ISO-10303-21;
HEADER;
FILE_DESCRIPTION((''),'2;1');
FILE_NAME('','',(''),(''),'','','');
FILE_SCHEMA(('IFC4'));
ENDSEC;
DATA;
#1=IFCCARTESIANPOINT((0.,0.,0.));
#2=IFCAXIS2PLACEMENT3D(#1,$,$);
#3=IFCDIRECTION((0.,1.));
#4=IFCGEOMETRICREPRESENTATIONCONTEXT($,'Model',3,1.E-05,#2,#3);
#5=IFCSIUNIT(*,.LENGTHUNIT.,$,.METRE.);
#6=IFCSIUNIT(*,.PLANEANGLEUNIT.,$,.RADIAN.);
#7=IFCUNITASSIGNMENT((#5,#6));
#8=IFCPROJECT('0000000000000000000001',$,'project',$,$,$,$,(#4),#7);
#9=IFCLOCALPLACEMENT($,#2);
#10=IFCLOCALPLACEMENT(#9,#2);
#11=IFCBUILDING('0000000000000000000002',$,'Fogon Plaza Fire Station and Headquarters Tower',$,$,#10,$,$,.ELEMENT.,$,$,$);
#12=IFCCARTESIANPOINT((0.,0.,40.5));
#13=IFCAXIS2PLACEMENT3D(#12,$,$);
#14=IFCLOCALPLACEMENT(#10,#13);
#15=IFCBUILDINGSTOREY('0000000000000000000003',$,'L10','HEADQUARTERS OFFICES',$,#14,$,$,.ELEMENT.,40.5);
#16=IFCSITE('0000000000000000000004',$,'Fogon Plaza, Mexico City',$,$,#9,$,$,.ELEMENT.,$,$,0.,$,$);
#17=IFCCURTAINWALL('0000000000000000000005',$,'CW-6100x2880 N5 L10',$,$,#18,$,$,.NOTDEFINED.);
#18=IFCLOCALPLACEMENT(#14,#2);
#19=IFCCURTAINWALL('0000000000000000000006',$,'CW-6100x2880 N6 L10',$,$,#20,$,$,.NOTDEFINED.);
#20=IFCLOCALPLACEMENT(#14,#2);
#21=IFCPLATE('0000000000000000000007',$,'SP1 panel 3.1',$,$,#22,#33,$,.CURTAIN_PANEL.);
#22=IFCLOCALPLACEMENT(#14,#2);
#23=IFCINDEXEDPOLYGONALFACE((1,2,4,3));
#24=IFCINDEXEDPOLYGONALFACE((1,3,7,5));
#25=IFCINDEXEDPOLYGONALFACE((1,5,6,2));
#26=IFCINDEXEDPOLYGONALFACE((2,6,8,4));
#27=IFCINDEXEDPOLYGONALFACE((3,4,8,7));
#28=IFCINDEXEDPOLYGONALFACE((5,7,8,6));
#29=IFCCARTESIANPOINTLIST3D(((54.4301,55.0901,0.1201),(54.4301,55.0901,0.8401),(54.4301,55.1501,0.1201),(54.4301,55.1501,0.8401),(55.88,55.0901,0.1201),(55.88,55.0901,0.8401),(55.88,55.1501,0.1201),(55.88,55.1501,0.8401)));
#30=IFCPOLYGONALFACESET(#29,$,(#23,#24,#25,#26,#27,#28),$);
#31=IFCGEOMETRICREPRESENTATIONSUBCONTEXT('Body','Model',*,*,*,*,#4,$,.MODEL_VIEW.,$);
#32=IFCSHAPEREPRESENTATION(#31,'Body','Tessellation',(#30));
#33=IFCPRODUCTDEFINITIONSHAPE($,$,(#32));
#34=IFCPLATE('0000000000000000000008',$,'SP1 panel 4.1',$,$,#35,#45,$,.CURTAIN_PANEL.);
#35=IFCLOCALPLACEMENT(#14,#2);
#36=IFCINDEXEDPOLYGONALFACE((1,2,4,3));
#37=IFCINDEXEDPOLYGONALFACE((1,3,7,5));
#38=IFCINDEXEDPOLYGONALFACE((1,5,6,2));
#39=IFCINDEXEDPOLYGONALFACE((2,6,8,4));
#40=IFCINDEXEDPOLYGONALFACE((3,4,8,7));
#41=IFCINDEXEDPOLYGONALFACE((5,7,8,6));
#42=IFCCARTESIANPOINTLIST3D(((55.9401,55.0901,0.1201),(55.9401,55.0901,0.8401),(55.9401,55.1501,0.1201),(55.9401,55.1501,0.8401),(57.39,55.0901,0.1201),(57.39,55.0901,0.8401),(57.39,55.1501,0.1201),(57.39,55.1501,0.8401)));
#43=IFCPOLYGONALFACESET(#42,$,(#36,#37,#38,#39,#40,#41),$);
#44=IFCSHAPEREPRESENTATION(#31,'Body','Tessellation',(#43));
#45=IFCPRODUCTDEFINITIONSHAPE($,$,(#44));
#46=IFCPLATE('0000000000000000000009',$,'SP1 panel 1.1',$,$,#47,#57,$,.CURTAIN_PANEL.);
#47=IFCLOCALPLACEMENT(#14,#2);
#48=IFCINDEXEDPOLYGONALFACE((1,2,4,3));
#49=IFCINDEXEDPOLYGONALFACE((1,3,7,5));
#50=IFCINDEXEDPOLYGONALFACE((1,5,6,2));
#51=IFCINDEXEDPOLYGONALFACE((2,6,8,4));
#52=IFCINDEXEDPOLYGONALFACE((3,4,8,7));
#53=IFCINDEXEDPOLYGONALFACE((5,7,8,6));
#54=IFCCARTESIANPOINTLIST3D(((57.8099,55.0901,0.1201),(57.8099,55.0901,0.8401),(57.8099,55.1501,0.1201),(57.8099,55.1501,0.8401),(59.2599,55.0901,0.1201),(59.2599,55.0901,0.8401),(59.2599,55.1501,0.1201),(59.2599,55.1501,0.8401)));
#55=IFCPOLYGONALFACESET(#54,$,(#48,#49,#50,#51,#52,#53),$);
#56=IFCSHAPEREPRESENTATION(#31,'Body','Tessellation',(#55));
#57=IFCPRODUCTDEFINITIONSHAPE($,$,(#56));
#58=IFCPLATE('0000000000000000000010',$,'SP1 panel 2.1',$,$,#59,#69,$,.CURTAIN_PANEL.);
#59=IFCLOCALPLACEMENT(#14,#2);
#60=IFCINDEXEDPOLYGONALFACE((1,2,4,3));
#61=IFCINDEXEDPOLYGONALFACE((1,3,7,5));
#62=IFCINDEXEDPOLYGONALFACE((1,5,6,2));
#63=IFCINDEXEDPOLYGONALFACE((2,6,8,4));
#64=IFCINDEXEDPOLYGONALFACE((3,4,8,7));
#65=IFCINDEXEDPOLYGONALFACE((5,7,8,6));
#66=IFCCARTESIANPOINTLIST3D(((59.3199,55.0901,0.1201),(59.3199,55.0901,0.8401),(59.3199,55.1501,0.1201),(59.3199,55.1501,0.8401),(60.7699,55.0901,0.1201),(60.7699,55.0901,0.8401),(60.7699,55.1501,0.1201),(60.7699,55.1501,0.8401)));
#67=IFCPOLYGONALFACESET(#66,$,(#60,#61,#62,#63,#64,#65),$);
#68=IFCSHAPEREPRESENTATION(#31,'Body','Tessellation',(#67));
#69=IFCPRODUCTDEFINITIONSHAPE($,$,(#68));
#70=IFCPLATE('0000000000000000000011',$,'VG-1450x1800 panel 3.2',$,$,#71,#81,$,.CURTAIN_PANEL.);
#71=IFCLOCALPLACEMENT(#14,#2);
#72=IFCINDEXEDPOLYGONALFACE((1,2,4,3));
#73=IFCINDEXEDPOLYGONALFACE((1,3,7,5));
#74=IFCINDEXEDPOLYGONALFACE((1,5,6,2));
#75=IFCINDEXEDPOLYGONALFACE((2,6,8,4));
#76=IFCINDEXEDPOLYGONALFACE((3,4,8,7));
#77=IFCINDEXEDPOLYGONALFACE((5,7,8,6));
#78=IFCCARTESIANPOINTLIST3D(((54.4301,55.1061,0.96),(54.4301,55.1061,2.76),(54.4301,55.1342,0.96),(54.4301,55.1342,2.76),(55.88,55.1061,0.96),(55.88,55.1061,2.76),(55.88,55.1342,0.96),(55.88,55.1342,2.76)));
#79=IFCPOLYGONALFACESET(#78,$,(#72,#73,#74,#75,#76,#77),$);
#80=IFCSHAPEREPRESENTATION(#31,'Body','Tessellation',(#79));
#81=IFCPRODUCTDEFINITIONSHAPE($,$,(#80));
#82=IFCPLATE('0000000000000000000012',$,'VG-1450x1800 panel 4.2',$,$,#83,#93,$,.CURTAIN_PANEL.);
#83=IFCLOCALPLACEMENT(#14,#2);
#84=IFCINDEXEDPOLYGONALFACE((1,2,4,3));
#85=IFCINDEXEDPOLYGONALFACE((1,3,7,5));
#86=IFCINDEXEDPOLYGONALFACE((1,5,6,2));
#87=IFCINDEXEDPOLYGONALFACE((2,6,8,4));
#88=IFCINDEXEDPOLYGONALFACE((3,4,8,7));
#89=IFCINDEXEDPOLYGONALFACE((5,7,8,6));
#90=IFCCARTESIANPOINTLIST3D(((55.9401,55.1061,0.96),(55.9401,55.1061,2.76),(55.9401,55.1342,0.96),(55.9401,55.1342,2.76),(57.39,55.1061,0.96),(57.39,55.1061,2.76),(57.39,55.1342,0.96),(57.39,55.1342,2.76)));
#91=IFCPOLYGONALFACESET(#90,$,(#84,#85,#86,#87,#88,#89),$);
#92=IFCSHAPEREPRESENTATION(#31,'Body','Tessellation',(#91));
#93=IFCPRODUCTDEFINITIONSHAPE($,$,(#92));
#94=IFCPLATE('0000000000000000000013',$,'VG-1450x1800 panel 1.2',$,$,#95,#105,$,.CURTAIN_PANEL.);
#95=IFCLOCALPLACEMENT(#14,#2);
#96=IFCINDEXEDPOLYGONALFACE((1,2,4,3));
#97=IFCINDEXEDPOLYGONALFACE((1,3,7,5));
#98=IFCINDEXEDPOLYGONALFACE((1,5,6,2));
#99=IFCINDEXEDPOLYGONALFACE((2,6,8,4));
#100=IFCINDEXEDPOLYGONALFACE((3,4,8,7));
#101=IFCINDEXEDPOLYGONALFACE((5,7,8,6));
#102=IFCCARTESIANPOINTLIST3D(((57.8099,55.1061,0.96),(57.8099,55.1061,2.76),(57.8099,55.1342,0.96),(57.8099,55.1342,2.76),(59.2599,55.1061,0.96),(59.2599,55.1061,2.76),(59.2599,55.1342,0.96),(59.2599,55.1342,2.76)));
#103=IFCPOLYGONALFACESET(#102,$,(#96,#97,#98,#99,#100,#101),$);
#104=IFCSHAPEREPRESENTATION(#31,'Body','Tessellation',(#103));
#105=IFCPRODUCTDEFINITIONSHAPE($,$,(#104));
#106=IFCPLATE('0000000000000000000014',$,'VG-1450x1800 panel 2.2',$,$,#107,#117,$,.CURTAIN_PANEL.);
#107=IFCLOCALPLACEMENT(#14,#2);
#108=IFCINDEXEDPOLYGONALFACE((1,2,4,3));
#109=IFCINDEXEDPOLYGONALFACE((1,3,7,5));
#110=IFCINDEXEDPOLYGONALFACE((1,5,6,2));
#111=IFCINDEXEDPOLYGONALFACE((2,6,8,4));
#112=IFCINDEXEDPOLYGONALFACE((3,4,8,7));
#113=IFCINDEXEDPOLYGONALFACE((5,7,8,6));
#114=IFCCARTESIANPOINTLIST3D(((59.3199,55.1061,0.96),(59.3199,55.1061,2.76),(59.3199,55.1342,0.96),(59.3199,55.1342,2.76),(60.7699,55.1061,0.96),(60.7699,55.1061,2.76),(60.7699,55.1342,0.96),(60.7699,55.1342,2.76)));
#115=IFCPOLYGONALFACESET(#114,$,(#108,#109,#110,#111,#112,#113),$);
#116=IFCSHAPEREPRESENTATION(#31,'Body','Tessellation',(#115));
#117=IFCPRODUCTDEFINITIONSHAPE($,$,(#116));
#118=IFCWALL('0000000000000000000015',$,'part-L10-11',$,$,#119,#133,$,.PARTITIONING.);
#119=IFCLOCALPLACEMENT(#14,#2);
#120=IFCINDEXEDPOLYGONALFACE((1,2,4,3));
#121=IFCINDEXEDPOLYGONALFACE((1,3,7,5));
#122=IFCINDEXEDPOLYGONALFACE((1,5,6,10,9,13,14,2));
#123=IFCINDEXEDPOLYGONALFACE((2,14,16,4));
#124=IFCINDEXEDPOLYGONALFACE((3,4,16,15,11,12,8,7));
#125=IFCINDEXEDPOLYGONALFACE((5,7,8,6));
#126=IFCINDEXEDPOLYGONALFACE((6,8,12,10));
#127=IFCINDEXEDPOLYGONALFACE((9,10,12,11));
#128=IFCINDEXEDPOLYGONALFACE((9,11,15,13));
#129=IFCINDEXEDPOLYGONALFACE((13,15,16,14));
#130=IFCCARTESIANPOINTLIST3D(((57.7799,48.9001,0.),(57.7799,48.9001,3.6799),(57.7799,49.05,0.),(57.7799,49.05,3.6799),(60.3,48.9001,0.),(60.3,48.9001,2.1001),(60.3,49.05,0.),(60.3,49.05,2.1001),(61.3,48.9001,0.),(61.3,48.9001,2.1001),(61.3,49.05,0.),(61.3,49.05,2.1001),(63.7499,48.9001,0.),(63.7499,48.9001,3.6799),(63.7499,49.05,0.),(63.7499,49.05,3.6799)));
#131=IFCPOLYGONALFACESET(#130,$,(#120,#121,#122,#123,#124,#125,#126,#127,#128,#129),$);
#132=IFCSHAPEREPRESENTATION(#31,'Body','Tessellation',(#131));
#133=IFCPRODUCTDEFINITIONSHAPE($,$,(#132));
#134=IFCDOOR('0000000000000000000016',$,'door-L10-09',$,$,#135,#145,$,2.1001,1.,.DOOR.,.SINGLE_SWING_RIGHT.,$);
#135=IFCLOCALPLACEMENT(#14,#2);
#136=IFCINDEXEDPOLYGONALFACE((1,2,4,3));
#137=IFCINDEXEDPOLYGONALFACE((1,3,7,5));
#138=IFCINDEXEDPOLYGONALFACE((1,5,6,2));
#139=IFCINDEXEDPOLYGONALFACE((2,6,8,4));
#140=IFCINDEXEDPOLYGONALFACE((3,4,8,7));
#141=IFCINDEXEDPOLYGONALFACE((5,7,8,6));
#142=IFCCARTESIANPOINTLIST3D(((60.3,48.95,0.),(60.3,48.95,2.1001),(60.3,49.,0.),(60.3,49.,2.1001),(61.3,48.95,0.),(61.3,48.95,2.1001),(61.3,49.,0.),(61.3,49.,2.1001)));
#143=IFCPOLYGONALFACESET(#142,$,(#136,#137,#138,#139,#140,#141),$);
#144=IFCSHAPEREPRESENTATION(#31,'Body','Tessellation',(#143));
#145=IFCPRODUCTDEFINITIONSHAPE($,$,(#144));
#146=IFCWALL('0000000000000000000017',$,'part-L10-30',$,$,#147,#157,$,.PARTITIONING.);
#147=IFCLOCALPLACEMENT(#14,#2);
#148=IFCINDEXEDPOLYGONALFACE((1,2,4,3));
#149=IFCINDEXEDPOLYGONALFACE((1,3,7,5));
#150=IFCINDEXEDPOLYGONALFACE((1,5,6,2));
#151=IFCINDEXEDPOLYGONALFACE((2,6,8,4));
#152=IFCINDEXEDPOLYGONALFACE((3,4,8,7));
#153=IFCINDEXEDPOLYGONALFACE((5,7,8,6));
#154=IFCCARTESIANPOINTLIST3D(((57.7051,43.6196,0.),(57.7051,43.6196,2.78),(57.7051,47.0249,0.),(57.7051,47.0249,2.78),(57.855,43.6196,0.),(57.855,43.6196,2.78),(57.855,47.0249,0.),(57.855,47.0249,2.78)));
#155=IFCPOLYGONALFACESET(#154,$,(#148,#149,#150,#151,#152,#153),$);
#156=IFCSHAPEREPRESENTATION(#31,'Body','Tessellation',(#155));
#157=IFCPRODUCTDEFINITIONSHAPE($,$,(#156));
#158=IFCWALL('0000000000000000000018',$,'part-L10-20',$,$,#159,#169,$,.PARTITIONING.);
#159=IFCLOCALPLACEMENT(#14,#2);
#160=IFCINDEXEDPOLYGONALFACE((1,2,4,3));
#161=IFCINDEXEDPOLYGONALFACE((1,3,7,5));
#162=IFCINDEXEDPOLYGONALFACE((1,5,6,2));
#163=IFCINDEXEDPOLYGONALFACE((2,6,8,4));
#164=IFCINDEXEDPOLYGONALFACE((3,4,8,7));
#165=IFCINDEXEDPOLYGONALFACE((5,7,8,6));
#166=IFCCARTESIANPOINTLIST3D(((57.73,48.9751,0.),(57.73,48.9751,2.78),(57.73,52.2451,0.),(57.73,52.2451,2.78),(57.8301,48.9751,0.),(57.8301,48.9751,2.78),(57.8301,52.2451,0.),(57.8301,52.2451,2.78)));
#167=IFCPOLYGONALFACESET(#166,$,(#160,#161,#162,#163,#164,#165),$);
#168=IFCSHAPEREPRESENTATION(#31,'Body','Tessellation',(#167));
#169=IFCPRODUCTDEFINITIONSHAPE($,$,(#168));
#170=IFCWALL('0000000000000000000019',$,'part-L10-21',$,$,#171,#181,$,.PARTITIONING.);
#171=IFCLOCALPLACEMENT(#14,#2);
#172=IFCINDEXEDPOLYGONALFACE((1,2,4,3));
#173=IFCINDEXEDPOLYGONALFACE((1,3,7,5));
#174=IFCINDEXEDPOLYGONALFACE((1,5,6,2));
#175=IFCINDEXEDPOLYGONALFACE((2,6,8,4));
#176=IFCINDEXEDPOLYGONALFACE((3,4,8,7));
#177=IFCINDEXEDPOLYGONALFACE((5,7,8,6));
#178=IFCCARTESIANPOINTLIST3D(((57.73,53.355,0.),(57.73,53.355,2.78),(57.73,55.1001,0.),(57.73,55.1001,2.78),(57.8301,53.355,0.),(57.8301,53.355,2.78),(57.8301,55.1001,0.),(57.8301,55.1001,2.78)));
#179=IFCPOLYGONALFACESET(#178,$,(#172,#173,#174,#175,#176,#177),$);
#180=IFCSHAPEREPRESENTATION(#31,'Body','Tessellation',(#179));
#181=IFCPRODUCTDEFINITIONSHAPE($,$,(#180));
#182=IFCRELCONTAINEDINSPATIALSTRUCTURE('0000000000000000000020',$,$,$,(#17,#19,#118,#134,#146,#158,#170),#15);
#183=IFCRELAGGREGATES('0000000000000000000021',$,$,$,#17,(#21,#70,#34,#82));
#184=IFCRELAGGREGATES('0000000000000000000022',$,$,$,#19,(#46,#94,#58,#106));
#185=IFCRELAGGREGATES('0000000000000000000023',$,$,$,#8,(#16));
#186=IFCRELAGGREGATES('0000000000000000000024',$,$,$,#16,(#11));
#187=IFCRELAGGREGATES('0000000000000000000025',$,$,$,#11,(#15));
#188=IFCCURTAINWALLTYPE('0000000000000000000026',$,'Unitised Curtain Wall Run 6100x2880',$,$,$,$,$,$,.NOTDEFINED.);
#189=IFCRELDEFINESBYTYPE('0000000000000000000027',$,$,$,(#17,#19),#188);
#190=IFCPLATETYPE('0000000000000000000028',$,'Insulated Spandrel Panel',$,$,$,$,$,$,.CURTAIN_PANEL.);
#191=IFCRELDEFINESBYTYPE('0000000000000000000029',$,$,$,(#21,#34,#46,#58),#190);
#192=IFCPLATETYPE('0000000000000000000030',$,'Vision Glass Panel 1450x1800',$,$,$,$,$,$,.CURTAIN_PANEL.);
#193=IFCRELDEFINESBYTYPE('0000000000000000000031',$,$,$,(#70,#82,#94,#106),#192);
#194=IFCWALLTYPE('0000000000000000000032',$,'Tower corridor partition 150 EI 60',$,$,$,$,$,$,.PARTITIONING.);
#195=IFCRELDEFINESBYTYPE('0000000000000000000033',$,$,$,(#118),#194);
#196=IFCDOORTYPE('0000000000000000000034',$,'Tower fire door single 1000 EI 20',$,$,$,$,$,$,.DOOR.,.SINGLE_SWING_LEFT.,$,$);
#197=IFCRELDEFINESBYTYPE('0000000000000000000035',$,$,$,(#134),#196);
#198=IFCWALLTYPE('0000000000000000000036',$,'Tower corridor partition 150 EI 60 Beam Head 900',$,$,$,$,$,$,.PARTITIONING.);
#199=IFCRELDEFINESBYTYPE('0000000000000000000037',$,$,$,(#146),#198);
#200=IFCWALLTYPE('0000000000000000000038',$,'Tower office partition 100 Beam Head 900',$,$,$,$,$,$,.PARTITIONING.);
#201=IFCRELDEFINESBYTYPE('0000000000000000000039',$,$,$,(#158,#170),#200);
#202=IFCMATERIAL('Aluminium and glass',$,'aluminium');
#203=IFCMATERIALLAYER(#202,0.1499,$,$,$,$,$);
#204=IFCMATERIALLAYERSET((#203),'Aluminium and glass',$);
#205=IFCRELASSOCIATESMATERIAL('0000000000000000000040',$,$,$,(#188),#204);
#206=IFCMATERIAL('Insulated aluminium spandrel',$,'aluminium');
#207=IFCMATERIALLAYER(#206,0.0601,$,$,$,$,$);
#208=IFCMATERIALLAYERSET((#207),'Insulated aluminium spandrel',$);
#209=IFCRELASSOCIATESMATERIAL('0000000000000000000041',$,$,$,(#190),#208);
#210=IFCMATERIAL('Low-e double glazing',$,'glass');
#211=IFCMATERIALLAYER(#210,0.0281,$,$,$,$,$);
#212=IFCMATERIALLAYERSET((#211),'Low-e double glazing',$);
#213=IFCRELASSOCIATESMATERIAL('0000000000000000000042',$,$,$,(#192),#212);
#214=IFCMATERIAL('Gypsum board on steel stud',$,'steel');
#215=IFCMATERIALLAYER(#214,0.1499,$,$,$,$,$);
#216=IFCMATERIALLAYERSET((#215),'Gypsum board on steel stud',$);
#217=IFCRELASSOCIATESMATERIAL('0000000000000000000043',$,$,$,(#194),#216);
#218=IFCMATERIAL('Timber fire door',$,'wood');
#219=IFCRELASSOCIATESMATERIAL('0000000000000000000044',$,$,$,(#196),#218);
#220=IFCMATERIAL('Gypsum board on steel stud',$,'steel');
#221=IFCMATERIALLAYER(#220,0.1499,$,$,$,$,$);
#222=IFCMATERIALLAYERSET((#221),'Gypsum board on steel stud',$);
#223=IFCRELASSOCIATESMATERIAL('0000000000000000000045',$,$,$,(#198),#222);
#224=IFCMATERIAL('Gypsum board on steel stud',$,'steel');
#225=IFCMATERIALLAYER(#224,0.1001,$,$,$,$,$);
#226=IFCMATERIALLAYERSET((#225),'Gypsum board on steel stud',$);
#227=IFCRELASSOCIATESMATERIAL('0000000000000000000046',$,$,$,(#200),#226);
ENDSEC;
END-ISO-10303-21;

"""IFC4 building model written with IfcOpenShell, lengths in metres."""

from ifc_helpers import new_model, si_unit, direction, frame, frame_2d, origin, origin_2d, place, context, subcontext, project, spatial, rectangle, extrude, material, layer, layer_set, type_object, element, fill, aggregate, save


model = new_model("IFC4")

# Units and contexts
model_context = context("Model", 3, precision=1e-05, world=origin(), true_north=direction((0.0, 1.0)))
body_context = subcontext(model_context, "Body", "Model", "MODEL_VIEW")
ifc_project = project(units=[si_unit("LENGTHUNIT", "METRE"), si_unit("PLANEANGLEUNIT", "RADIAN")], contexts=[model_context])

# Site, building, storey
site_placement = place(None, origin())
site = spatial("IfcSite", under=ifc_project, at=site_placement, Name="Fogon Plaza, Mexico City", CompositionType="ELEMENT", RefElevation=0.0)
building_placement = place(site_placement, origin())
building = spatial("IfcBuilding", under=site, at=building_placement, Name="Fogon Plaza Fire Station and Headquarters Tower", CompositionType="ELEMENT")
storey_placement = place(building_placement, frame((0.0, 0.0, 40.5)))
storey = spatial("IfcBuildingStorey", under=building, at=storey_placement, Name="L10", Description="HEADQUARTERS OFFICES", CompositionType="ELEMENT", Elevation=40.5)

# Curtain walls
ifc_material_1 = material(Name="Aluminium and glass", Category="aluminium")
ifc_layer_1 = layer(ifc_material_1, 0.1499)
ifc_layer_set_1 = layer_set([ifc_layer_1], Name="Aluminium and glass")
curtain_wall_type = type_object("IfcCurtainWallType", Name="Unitised Curtain Wall Run 6100x2880", PredefinedType="NOTDEFINED", material=ifc_layer_set_1)
curtain_wall_1_placement = place(storey_placement, origin())
curtain_wall_1 = element("IfcCurtainWall", 1, at=curtain_wall_1_placement, inside=storey, type_object=curtain_wall_type, Name="CW-6100x2880 N5 L10", PredefinedType="NOTDEFINED")
curtain_wall_2_placement = place(storey_placement, origin())
curtain_wall_2 = element("IfcCurtainWall", 2, at=curtain_wall_2_placement, inside=storey, type_object=curtain_wall_type, Name="CW-6100x2880 N6 L10", PredefinedType="NOTDEFINED")

# Plates
ifc_material_2 = material(Name="Insulated aluminium spandrel", Category="aluminium")
ifc_layer_2 = layer(ifc_material_2, 0.0601)
ifc_layer_set_2 = layer_set([ifc_layer_2], Name="Insulated aluminium spandrel")
plate_type_1 = type_object("IfcPlateType", Name="Insulated Spandrel Panel", PredefinedType="CURTAIN_PANEL", material=ifc_layer_set_2)
plate_1_placement = place(storey_placement, frame((55.155, 55.1201, 0.1201), z_axis=(0.0, 0.0, 1.0), x_axis=(1.0, 0.0, 0.0)))
plate_1 = element("IfcPlate", 3, at=plate_1_placement, type_object=plate_type_1, Name="SP1 panel 3.1", PredefinedType="CURTAIN_PANEL", context=body_context, shape_type="SweptSolid", body=[
    extrude(rectangle(XDim=1.45, YDim=0.0601, at=origin_2d()), origin(), (0.0, 0.0, 1.0), 0.72),
])
plate_2_placement = place(storey_placement, frame((56.665, 55.1201, 0.1201), z_axis=(0.0, 0.0, 1.0), x_axis=(1.0, 0.0, 0.0)))
plate_2 = element("IfcPlate", 4, at=plate_2_placement, type_object=plate_type_1, Name="SP1 panel 4.1", PredefinedType="CURTAIN_PANEL", context=body_context, shape_type="SweptSolid", body=[
    extrude(rectangle(XDim=1.45, YDim=0.0601, at=origin_2d()), origin(), (0.0, 0.0, 1.0), 0.72),
])
plate_3_placement = place(storey_placement, frame((58.5349, 55.1201, 0.1201), z_axis=(0.0, 0.0, 1.0), x_axis=(1.0, 0.0, 0.0)))
plate_3 = element("IfcPlate", 5, at=plate_3_placement, type_object=plate_type_1, Name="SP1 panel 1.1", PredefinedType="CURTAIN_PANEL", context=body_context, shape_type="SweptSolid", body=[
    extrude(rectangle(XDim=1.45, YDim=0.0601, at=origin_2d()), origin(), (0.0, 0.0, 1.0), 0.72),
])
plate_4_placement = place(storey_placement, frame((60.0449, 55.1201, 0.1201), z_axis=(0.0, 0.0, 1.0), x_axis=(1.0, 0.0, 0.0)))
plate_4 = element("IfcPlate", 6, at=plate_4_placement, type_object=plate_type_1, Name="SP1 panel 2.1", PredefinedType="CURTAIN_PANEL", context=body_context, shape_type="SweptSolid", body=[
    extrude(rectangle(XDim=1.45, YDim=0.0601, at=origin_2d()), origin(), (0.0, 0.0, 1.0), 0.72),
])
ifc_material_3 = material(Name="Low-e double glazing", Category="glass")
ifc_layer_3 = layer(ifc_material_3, 0.0281)
ifc_layer_set_3 = layer_set([ifc_layer_3], Name="Low-e double glazing")
plate_type_2 = type_object("IfcPlateType", Name="Vision Glass Panel 1450x1800", PredefinedType="CURTAIN_PANEL", material=ifc_layer_set_3)
plate_5_placement = place(storey_placement, frame((55.155, 55.1201, 0.96), z_axis=(0.0, 0.0, 1.0), x_axis=(1.0, 0.0, 0.0)))
plate_5 = element("IfcPlate", 7, at=plate_5_placement, type_object=plate_type_2, Name="VG-1450x1800 panel 3.2", PredefinedType="CURTAIN_PANEL", context=body_context, shape_type="SweptSolid", body=[
    extrude(rectangle(XDim=1.45, YDim=0.0281, at=origin_2d()), origin(), (0.0, 0.0, 1.0), 1.8),
])
plate_6_placement = place(storey_placement, frame((56.665, 55.1201, 0.96), z_axis=(0.0, 0.0, 1.0), x_axis=(1.0, 0.0, 0.0)))
plate_6 = element("IfcPlate", 8, at=plate_6_placement, type_object=plate_type_2, Name="VG-1450x1800 panel 4.2", PredefinedType="CURTAIN_PANEL", context=body_context, shape_type="SweptSolid", body=[
    extrude(rectangle(XDim=1.45, YDim=0.0281, at=origin_2d()), origin(), (0.0, 0.0, 1.0), 1.8),
])
aggregate(curtain_wall_1, [plate_1, plate_5, plate_2, plate_6])
plate_7_placement = place(storey_placement, frame((58.5349, 55.1201, 0.96), z_axis=(0.0, 0.0, 1.0), x_axis=(1.0, 0.0, 0.0)))
plate_7 = element("IfcPlate", 9, at=plate_7_placement, type_object=plate_type_2, Name="VG-1450x1800 panel 1.2", PredefinedType="CURTAIN_PANEL", context=body_context, shape_type="SweptSolid", body=[
    extrude(rectangle(XDim=1.45, YDim=0.0281, at=origin_2d()), origin(), (0.0, 0.0, 1.0), 1.8),
])
plate_8_placement = place(storey_placement, frame((60.0449, 55.1201, 0.96), z_axis=(0.0, 0.0, 1.0), x_axis=(1.0, 0.0, 0.0)))
plate_8 = element("IfcPlate", 10, at=plate_8_placement, type_object=plate_type_2, Name="VG-1450x1800 panel 2.2", PredefinedType="CURTAIN_PANEL", context=body_context, shape_type="SweptSolid", body=[
    extrude(rectangle(XDim=1.45, YDim=0.0281, at=origin_2d()), origin(), (0.0, 0.0, 1.0), 1.8),
])
aggregate(curtain_wall_2, [plate_3, plate_7, plate_4, plate_8])

# Wall, opening, door
ifc_material_4 = material(Name="Gypsum board on steel stud", Category="steel")
ifc_layer_4 = layer(ifc_material_4, 0.1499)
ifc_layer_set_4 = layer_set([ifc_layer_4], Name="Gypsum board on steel stud")
wall_type_1 = type_object("IfcWallType", Name="Tower corridor partition 150 EI 60", PredefinedType="PARTITIONING", material=ifc_layer_set_4)
wall_1_placement = place(storey_placement, frame((57.78, 48.9751, 0.0), z_axis=(0.0, 0.0, 1.0), x_axis=(1.0, 0.0, 0.0)))
wall_1 = element("IfcWall", 11, at=wall_1_placement, inside=storey, type_object=wall_type_1, Name="part-L10-11", PredefinedType="PARTITIONING", context=body_context, shape_type="SweptSolid", body=[
    extrude(rectangle(XDim=5.97, YDim=0.1499, at=frame_2d((2.9849, 0.0))), origin(), (0.0, 0.0, 1.0), 3.6799),
])
opening_placement = place(wall_1_placement, frame((2.52, 0.0, 0.0)))
opening = element("IfcOpeningElement", 12, at=opening_placement, cuts=wall_1, PredefinedType="OPENING", context=body_context, shape_type="SweptSolid", body=[
    extrude(rectangle(XDim=1.0, YDim=2.1001, at=frame_2d((0.5, 1.05))), frame((0.0, 0.085, 0.0), z_axis=(0.0, -1.0, 0.0), x_axis=(1.0, 0.0, 0.0)), (0.0, 0.0, 1.0), 0.1699),
])
ifc_material_5 = material(Name="Timber fire door", Category="wood")
door_type = type_object("IfcDoorType", Name="Tower fire door single 1000 EI 20", OperationType="SINGLE_SWING_LEFT", PredefinedType="DOOR", material=ifc_material_5)
door_placement = place(opening_placement, origin())
door = element("IfcDoor", 13, at=door_placement, inside=storey, type_object=door_type, Name="door-L10-09", OperationType="SINGLE_SWING_RIGHT", OverallHeight=2.1001, OverallWidth=1.0, PredefinedType="DOOR", context=body_context, shape_type="SweptSolid", body=[
    extrude(rectangle(XDim=1.0, YDim=2.1001, at=frame_2d((0.5, 1.05))), frame((0.0, 0.0249, 0.0), z_axis=(0.0, -1.0, 0.0), x_axis=(1.0, 0.0, 0.0)), (0.0, 0.0, 1.0), 0.05),
])
fill(opening, door)

# Walls
ifc_material_6 = material(Name="Gypsum board on steel stud", Category="steel")
ifc_layer_5 = layer(ifc_material_6, 0.1499)
ifc_layer_set_5 = layer_set([ifc_layer_5], Name="Gypsum board on steel stud")
wall_type_2 = type_object("IfcWallType", Name="Tower corridor partition 150 EI 60 Beam Head 900", PredefinedType="PARTITIONING", material=ifc_layer_set_5)
wall_2_placement = place(storey_placement, frame((57.78, 43.6196, 0.0), z_axis=(0.0, 0.0, 1.0), x_axis=(0.0, 1.0, 0.0)))
element("IfcWall", 14, at=wall_2_placement, inside=storey, type_object=wall_type_2, Name="part-L10-30", PredefinedType="PARTITIONING", context=body_context, shape_type="SweptSolid", body=[
    extrude(rectangle(XDim=3.4053, YDim=0.1499, at=frame_2d((1.7026, 0.0))), origin(), (0.0, 0.0, 1.0), 2.78),
])
ifc_material_7 = material(Name="Gypsum board on steel stud", Category="steel")
ifc_layer_6 = layer(ifc_material_7, 0.1001)
ifc_layer_set_6 = layer_set([ifc_layer_6], Name="Gypsum board on steel stud")
wall_type_3 = type_object("IfcWallType", Name="Tower office partition 100 Beam Head 900", PredefinedType="PARTITIONING", material=ifc_layer_set_6)
wall_3_placement = place(storey_placement, frame((57.78, 48.9751, 0.0), z_axis=(0.0, 0.0, 1.0), x_axis=(0.0, 1.0, 0.0)))
element("IfcWall", 15, at=wall_3_placement, inside=storey, type_object=wall_type_3, Name="part-L10-20", PredefinedType="PARTITIONING", context=body_context, shape_type="SweptSolid", body=[
    extrude(rectangle(XDim=3.27, YDim=0.1001, at=frame_2d((1.635, 0.0))), origin(), (0.0, 0.0, 1.0), 2.78),
])
wall_4_placement = place(storey_placement, frame((57.78, 53.355, 0.0), z_axis=(0.0, 0.0, 1.0), x_axis=(0.0, 1.0, 0.0)))
element("IfcWall", 16, at=wall_4_placement, inside=storey, type_object=wall_type_3, Name="part-L10-21", PredefinedType="PARTITIONING", context=body_context, shape_type="SweptSolid", body=[
    extrude(rectangle(XDim=1.7451, YDim=0.1001, at=frame_2d((0.8726, 0.0))), origin(), (0.0, 0.0, 1.0), 2.78),
])

save(model, "model.ifc")
